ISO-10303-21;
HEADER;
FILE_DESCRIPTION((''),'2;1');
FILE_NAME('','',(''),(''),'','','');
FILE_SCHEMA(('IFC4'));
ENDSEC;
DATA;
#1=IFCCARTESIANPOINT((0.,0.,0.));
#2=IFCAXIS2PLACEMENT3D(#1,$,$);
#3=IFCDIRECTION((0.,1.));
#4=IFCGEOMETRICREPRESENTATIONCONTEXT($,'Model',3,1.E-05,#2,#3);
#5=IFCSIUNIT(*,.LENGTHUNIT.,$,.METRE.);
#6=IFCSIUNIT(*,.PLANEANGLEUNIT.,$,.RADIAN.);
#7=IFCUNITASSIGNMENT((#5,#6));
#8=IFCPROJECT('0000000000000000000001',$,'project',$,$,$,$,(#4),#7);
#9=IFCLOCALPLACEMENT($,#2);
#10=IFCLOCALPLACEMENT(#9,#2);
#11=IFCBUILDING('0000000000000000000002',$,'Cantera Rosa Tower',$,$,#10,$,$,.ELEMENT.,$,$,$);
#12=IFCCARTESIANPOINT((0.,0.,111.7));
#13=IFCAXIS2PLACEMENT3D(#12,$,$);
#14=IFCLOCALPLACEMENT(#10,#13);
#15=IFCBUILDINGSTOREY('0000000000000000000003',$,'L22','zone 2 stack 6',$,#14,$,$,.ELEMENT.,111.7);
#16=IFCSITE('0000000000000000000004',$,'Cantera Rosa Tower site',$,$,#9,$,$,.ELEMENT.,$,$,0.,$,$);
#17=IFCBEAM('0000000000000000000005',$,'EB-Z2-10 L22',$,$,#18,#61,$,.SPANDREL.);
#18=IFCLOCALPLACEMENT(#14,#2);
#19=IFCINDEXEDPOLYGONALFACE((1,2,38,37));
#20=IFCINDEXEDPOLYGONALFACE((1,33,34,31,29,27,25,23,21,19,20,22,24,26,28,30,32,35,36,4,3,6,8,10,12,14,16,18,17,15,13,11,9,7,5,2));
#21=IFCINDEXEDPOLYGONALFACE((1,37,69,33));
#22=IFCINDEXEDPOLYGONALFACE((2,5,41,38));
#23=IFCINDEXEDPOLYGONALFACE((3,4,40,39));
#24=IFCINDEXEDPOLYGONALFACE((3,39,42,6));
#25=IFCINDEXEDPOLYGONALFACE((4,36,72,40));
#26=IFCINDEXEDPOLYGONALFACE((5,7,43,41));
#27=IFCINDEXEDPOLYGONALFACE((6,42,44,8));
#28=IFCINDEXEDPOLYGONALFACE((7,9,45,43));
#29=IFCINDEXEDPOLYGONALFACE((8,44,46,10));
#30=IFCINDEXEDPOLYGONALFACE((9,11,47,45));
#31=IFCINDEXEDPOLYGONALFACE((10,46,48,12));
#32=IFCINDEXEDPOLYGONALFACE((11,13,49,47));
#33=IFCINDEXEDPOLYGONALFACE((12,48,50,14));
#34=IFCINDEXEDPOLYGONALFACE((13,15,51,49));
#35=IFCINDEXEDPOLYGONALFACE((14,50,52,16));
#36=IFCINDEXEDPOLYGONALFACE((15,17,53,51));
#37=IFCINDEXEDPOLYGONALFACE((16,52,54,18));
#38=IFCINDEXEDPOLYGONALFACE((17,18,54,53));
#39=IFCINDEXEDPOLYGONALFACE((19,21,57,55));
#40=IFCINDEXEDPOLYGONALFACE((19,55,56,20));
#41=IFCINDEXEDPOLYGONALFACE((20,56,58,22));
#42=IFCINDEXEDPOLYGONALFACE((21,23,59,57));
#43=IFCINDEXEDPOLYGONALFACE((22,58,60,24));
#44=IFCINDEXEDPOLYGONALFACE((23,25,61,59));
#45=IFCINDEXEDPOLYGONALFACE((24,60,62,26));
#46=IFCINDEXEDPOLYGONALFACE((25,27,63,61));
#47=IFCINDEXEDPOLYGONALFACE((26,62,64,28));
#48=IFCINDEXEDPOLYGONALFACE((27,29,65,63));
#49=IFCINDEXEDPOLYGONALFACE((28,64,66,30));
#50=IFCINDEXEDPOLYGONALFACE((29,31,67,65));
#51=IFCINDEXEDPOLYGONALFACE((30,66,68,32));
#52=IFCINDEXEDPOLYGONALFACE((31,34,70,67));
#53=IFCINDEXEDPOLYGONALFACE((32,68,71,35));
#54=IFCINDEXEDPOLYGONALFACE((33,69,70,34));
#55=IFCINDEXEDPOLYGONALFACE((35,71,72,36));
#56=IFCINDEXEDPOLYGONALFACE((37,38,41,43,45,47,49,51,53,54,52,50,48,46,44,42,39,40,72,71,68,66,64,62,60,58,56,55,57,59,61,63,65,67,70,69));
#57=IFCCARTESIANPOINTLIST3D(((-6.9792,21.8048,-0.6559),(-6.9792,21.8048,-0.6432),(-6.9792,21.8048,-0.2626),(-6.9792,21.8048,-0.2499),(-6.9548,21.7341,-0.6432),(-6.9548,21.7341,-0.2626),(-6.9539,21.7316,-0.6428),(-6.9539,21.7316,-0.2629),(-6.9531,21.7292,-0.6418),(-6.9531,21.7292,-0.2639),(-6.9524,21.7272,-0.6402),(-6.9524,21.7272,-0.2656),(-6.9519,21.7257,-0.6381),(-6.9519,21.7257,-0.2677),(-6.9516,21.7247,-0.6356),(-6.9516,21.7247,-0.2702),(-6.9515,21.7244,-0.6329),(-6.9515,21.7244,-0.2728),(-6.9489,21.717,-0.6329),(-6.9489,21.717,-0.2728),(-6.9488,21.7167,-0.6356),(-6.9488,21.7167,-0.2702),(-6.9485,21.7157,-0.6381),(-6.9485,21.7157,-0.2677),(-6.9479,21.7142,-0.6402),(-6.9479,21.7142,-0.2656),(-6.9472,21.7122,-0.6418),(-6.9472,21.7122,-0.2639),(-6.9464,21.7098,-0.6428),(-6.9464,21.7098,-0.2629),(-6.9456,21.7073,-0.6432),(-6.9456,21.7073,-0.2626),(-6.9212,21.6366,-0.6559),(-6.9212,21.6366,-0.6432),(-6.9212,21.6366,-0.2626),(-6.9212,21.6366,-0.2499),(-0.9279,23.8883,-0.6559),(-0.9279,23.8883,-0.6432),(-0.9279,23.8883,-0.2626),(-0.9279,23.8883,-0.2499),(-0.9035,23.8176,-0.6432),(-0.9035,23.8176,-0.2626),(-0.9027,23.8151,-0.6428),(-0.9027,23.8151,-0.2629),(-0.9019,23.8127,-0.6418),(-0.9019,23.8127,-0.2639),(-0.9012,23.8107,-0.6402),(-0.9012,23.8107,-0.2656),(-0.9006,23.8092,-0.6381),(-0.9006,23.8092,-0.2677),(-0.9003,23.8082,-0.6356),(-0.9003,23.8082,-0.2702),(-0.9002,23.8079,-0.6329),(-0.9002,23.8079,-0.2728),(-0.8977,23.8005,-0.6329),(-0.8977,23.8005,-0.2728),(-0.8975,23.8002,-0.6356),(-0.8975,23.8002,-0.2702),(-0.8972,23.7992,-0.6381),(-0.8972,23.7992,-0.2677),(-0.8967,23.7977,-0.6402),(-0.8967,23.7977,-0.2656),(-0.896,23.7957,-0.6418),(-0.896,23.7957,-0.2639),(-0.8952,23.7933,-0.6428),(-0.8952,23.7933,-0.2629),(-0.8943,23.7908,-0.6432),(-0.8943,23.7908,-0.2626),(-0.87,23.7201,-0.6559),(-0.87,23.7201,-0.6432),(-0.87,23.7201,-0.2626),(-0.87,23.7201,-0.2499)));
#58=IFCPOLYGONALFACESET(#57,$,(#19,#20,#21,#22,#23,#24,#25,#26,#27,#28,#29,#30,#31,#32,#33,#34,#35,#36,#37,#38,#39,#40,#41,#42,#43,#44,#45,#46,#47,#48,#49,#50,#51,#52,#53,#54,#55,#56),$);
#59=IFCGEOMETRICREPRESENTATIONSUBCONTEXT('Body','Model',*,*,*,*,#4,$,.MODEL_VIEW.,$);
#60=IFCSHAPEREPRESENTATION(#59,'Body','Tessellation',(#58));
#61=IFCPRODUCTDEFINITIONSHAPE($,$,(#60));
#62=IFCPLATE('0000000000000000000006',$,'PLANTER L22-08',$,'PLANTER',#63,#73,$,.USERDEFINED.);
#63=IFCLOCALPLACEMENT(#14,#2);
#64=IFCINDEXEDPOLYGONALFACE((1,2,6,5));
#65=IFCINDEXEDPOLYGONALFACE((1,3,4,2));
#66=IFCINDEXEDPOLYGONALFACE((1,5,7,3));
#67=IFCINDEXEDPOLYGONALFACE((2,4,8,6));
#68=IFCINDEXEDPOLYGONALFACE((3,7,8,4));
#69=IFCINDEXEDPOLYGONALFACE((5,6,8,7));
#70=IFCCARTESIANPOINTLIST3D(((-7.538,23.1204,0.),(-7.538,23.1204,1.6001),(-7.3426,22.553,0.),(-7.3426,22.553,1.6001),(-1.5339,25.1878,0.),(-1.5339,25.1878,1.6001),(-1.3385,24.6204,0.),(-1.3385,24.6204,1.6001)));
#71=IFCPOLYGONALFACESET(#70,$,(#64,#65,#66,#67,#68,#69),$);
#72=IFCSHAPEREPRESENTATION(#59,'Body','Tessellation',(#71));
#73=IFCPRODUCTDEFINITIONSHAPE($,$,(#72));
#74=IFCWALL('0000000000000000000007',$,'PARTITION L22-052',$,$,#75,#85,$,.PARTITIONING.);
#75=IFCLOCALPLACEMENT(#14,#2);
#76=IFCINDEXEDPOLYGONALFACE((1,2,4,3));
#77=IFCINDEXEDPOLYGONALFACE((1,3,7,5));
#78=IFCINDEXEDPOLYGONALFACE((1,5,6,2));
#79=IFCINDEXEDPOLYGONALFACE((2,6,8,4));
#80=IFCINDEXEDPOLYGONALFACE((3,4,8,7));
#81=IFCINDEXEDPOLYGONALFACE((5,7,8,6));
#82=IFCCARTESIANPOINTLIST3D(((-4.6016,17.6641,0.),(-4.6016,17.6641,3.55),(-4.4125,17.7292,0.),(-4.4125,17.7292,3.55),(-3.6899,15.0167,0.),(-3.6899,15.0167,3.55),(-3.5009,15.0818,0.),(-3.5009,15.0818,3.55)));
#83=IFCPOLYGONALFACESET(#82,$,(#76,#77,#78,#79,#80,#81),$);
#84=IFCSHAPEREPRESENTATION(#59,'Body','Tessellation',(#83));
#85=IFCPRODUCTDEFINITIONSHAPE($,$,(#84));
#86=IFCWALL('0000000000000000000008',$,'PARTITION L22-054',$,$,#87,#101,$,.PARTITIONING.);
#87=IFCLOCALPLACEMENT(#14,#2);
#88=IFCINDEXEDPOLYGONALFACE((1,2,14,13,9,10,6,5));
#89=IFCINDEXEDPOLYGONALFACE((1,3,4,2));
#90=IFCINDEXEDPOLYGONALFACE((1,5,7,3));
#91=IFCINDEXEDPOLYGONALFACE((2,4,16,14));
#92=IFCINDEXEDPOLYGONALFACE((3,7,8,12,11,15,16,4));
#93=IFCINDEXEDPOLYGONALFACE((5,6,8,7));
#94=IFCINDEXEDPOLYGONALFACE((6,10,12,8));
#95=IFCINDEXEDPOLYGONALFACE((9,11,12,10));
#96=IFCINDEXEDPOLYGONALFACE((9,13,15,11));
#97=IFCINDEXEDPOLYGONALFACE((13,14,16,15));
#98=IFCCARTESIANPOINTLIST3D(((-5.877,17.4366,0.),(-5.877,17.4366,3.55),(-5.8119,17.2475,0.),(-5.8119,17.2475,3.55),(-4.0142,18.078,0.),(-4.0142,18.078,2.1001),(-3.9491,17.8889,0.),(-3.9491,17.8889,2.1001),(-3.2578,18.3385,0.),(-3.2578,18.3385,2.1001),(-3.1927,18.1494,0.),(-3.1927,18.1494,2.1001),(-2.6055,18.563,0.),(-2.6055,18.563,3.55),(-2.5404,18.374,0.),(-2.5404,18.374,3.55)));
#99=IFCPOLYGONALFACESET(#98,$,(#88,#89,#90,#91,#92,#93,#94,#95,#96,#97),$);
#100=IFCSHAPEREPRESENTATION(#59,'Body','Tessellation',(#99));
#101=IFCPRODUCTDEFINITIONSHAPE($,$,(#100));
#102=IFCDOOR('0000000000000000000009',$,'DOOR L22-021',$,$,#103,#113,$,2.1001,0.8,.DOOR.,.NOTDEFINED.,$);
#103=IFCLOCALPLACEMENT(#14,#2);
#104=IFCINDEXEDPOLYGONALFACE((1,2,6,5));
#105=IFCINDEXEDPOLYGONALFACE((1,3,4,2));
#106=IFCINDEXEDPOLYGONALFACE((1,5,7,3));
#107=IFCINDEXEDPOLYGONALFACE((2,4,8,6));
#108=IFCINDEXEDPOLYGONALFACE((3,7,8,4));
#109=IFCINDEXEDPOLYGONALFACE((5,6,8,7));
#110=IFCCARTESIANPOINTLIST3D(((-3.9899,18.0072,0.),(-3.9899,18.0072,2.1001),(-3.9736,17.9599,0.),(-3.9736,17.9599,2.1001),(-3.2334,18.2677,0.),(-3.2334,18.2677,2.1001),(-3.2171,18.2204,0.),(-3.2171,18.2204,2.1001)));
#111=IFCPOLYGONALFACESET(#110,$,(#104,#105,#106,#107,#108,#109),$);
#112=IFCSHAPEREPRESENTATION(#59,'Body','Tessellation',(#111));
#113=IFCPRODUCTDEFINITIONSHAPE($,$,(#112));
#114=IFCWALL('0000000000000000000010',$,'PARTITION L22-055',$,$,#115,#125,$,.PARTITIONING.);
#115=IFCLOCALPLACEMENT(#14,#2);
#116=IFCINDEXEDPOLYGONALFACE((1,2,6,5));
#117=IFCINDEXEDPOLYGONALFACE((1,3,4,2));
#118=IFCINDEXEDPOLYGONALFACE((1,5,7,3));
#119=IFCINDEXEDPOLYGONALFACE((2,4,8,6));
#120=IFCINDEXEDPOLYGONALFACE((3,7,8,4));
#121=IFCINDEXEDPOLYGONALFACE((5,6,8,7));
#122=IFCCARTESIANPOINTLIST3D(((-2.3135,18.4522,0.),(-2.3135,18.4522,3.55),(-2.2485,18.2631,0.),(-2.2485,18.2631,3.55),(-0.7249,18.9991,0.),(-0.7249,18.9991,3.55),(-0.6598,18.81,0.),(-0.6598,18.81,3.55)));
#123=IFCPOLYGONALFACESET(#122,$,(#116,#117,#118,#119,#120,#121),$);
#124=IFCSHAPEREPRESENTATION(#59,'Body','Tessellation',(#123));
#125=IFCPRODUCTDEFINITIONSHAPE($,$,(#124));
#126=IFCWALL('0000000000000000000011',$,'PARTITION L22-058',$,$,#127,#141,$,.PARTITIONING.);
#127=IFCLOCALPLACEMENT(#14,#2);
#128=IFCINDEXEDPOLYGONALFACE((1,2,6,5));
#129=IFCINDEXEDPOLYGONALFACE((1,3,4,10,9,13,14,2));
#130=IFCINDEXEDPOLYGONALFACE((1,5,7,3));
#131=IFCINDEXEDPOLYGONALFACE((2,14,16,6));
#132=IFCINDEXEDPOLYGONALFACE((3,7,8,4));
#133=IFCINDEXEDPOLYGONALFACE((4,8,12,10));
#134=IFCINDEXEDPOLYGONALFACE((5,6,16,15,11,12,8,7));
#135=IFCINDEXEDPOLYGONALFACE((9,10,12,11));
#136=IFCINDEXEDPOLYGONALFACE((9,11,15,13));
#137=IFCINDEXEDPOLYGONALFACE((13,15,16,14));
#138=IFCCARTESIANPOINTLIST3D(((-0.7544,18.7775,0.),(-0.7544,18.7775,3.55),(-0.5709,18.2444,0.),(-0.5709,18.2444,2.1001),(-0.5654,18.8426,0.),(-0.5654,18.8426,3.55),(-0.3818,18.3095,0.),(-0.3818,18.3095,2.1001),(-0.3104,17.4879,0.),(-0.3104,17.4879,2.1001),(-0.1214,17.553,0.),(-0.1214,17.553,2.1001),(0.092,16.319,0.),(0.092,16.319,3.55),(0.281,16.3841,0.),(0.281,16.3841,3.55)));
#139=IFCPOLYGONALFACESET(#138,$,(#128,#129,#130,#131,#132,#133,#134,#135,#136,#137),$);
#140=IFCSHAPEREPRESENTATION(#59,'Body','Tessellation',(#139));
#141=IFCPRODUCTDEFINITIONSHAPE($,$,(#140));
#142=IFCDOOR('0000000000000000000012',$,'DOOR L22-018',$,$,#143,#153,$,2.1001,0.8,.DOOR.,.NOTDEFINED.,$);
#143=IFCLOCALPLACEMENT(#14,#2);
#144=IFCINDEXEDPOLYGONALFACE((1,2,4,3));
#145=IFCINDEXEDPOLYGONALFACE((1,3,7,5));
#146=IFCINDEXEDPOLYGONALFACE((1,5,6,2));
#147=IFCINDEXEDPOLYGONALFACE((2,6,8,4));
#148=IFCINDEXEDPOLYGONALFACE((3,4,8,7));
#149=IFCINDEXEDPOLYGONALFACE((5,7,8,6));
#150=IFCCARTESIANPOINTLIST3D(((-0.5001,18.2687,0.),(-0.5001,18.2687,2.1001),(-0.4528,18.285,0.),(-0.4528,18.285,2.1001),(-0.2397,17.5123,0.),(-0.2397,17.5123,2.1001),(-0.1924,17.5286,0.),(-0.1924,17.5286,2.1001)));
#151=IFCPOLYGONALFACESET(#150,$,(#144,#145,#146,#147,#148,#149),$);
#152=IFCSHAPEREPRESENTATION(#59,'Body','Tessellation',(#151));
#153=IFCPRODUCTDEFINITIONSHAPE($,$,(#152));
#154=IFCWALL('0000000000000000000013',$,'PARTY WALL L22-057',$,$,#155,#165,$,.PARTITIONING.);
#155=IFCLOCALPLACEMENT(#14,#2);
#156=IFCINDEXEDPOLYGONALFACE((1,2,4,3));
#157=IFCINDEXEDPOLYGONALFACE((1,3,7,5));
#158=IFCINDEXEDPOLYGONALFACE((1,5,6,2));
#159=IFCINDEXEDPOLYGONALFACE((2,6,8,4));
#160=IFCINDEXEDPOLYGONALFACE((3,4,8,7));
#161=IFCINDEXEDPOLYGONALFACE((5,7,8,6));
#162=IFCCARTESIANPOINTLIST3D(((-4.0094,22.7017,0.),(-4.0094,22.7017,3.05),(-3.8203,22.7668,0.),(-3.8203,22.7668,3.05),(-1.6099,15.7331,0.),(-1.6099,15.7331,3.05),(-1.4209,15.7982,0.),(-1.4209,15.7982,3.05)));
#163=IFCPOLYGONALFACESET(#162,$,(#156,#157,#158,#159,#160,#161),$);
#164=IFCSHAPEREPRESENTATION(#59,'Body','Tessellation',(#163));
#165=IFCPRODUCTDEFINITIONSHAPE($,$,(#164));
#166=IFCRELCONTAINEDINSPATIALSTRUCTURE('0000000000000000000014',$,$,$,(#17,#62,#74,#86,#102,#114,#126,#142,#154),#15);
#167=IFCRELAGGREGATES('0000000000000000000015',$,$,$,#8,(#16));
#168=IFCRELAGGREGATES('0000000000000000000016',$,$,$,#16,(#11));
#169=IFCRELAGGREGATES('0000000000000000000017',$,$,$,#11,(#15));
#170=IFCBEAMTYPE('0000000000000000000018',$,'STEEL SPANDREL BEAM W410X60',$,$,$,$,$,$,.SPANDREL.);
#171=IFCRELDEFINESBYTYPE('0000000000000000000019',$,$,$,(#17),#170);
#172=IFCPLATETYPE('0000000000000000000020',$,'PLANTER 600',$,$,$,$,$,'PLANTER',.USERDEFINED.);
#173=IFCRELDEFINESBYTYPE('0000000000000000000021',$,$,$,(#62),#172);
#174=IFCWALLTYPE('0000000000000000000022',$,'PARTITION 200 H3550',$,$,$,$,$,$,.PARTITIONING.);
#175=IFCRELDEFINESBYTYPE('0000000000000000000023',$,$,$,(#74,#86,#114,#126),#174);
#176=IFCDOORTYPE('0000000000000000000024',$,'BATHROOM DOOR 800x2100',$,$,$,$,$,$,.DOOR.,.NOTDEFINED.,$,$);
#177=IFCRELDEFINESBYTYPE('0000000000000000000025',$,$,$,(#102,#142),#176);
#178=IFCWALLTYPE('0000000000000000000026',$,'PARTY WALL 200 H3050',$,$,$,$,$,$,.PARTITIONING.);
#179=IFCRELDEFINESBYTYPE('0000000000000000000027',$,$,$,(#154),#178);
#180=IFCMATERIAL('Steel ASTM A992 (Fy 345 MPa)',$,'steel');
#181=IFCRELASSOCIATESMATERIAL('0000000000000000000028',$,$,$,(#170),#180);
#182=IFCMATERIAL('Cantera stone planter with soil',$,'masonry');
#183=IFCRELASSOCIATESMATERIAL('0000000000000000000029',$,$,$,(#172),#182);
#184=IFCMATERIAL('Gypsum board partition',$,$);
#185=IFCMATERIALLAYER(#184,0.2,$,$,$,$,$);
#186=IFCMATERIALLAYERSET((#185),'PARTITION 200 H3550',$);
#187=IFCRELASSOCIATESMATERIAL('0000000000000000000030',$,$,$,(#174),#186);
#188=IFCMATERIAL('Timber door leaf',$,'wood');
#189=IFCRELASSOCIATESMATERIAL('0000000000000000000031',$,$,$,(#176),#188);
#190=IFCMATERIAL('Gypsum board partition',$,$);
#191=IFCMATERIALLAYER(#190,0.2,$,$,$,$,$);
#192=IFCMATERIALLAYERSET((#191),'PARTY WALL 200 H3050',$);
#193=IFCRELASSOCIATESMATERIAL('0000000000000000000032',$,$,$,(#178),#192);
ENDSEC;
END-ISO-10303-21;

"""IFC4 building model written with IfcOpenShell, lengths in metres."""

from ifc_helpers import new_model, si_unit, direction, frame, frame_2d, origin, origin_2d, place, context, subcontext, project, spatial, rectangle, i_section, extrude, material, layer, layer_set, material_profile, profile_set, type_object, element, fill, save


model = new_model("IFC4")

# Units and contexts
model_context = context("Model", 3, precision=1e-05, world=origin(), true_north=direction((0.0, 1.0)))
body_context = subcontext(model_context, "Body", "Model", "MODEL_VIEW")
ifc_project = project(units=[si_unit("LENGTHUNIT", "METRE"), si_unit("PLANEANGLEUNIT", "RADIAN")], contexts=[model_context])

# Site, building, storey
site_placement = place(None, origin())
site = spatial("IfcSite", under=ifc_project, at=site_placement, Name="Cantera Rosa Tower site", CompositionType="ELEMENT", RefElevation=0.0)
building_placement = place(site_placement, origin())
building = spatial("IfcBuilding", under=site, at=building_placement, Name="Cantera Rosa Tower", CompositionType="ELEMENT")
storey_placement = place(building_placement, frame((0.0, 0.0, 111.7)))
storey = spatial("IfcBuildingStorey", under=building, at=storey_placement, Name="L22", Description="zone 2 stack 6", CompositionType="ELEMENT", Elevation=111.7)

# Beam
ifc_material_1 = material(Name="Steel ASTM A992 (Fy 345 MPa)", Category="steel")
ifc_material_profile_1 = material_profile(ifc_material_1, i_section(OverallWidth=0.178, OverallDepth=0.406, WebThickness=0.0078, FlangeThickness=0.0127, FilletRadius=0.0103, at=origin_2d()), Name="W410X60")
ifc_profile_set_1 = profile_set([ifc_material_profile_1], Name="Steel ASTM A992 (Fy 345 MPa)")
beam_type_1 = type_object("IfcBeamType", Name="STEEL SPANDREL BEAM W410X60", PredefinedType="SPANDREL", material=ifc_profile_set_1)
beam_1_placement = place(storey_placement, frame((-0.8989, 23.8042, -0.4529), z_axis=(-0.945524, -0.325551, 0.0), x_axis=(0.325551, -0.945524, 0.0)))
element("IfcBeam", 1, at=beam_1_placement, inside=storey, type_object=beam_type_1, Name="EB-Z2-10 L22", PredefinedType="SPANDREL", context=body_context, shape_type="SweptSolid", body=[
    extrude(i_section(OverallWidth=0.178, OverallDepth=0.406, WebThickness=0.0078, FlangeThickness=0.0127, FilletRadius=0.0103, at=origin_2d()), origin(), (0.0, 0.0, 1.0), 6.3999),
])

# Plate
ifc_material_2 = material(Name="Cantera stone planter with soil", Category="masonry")
plate_type = type_object("IfcPlateType", Name="PLANTER 600", ElementType="PLANTER", PredefinedType="USERDEFINED", material=ifc_material_2)
plate_placement = place(storey_placement, frame((-4.4382, 23.8704, 0.0), z_axis=(0.0, 0.0, 1.0), x_axis=(-0.945519, -0.325568, 0.0)))
element("IfcPlate", 2, at=plate_placement, inside=storey, type_object=plate_type, Name="PLANTER L22-08", ObjectType="PLANTER", PredefinedType="USERDEFINED", context=body_context, shape_type="SweptSolid", body=[
    extrude(rectangle(XDim=6.3501, YDim=0.6001, at=origin_2d()), origin(), (0.0, 0.0, 1.0), 1.6001),
])

# Wall
ifc_material_3 = material(Name="Gypsum board partition")
ifc_layer_1 = layer(ifc_material_3, 0.2)
ifc_layer_set_1 = layer_set([ifc_layer_1], Name="PARTITION 200 H3550")
wall_type_1 = type_object("IfcWallType", Name="PARTITION 200 H3550", PredefinedType="PARTITIONING", material=ifc_layer_set_1)
wall_1_placement = place(storey_placement, frame((-3.5955, 15.0493, 0.0), z_axis=(0.0, 0.0, 1.0), x_axis=(-0.325577, 0.945516, 0.0)))
element("IfcWall", 3, at=wall_1_placement, inside=storey, type_object=wall_type_1, Name="PARTITION L22-052", PredefinedType="PARTITIONING", context=body_context, shape_type="SweptSolid", body=[
    extrude(rectangle(XDim=2.8, YDim=0.2, at=frame_2d((1.3999, 0.0))), origin(), (0.0, 0.0, 1.0), 3.55),
])

# Wall, opening, door
wall_2_placement = place(storey_placement, frame((-2.573, 18.4685, 0.0), z_axis=(0.0, 0.0, 1.0), x_axis=(-0.945518, -0.325569, 0.0)))
wall_2 = element("IfcWall", 4, at=wall_2_placement, inside=storey, type_object=wall_type_1, Name="PARTITION L22-054", PredefinedType="PARTITIONING", context=body_context, shape_type="SweptSolid", body=[
    extrude(rectangle(XDim=3.46, YDim=0.2, at=frame_2d((1.73, 0.0))), origin(), (0.0, 0.0, 1.0), 3.55),
])
opening_1_placement = place(wall_2_placement, frame((0.6899, 0.0, 0.0)))
opening_1 = element("IfcOpeningElement", 5, at=opening_1_placement, cuts=wall_2, PredefinedType="OPENING", context=body_context, shape_type="SweptSolid", body=[
    extrude(rectangle(XDim=0.8, YDim=2.1001, at=frame_2d((0.3999, 1.05))), frame((0.0, 0.1099, 0.0), z_axis=(0.0, -1.0, 0.0), x_axis=(1.0, 0.0, 0.0)), (0.0, 0.0, 1.0), 0.22),
])
ifc_material_4 = material(Name="Timber door leaf", Category="wood")
door_type_1 = type_object("IfcDoorType", Name="BATHROOM DOOR 800x2100", OperationType="NOTDEFINED", PredefinedType="DOOR", material=ifc_material_4)
door_1_placement = place(opening_1_placement, origin())
door_1 = element("IfcDoor", 6, at=door_1_placement, inside=storey, type_object=door_type_1, Name="DOOR L22-021", OperationType="NOTDEFINED", OverallHeight=2.1001, OverallWidth=0.8, PredefinedType="DOOR", context=body_context, shape_type="SweptSolid", body=[
    extrude(rectangle(XDim=0.8, YDim=2.1001, at=frame_2d((0.3999, 1.05))), frame((0.0, 0.0249, 0.0), z_axis=(0.0, -1.0, 0.0), x_axis=(1.0, 0.0, 0.0)), (0.0, 0.0, 1.0), 0.05),
])
fill(opening_1, door_1)

# Wall
wall_3_placement = place(storey_placement, frame((-2.281, 18.3577, 0.0), z_axis=(0.0, 0.0, 1.0), x_axis=(0.945543, 0.325498, 0.0)))
element("IfcWall", 7, at=wall_3_placement, inside=storey, type_object=wall_type_1, Name="PARTITION L22-055", PredefinedType="PARTITIONING", context=body_context, shape_type="SweptSolid", body=[
    extrude(rectangle(XDim=1.6802, YDim=0.2, at=frame_2d((0.8401, 0.0))), origin(), (0.0, 0.0, 1.0), 3.55),
])

# Wall, opening, door
wall_4_placement = place(storey_placement, frame((-0.6599, 18.8101, 0.0), z_axis=(0.0, 0.0, 1.0), x_axis=(0.325536, -0.94553, 0.0)))
wall_4 = element("IfcWall", 8, at=wall_4_placement, inside=storey, type_object=wall_type_1, Name="PARTITION L22-058", PredefinedType="PARTITIONING", context=body_context, shape_type="SweptSolid", body=[
    extrude(rectangle(XDim=2.6001, YDim=0.2, at=frame_2d((1.3, 0.0))), origin(), (0.0, 0.0, 1.0), 3.55),
])
opening_2_placement = place(wall_4_placement, frame((0.564, 0.0, 0.0)))
opening_2 = element("IfcOpeningElement", 9, at=opening_2_placement, cuts=wall_4, PredefinedType="OPENING", context=body_context, shape_type="SweptSolid", body=[
    extrude(rectangle(XDim=0.8, YDim=2.1001, at=frame_2d((0.3999, 1.05))), frame((0.0, 0.1099, 0.0), z_axis=(0.0, -1.0, 0.0), x_axis=(1.0, 0.0, 0.0)), (0.0, 0.0, 1.0), 0.22),
])
door_2_placement = place(opening_2_placement, origin())
door_2 = element("IfcDoor", 10, at=door_2_placement, inside=storey, type_object=door_type_1, Name="DOOR L22-018", OperationType="NOTDEFINED", OverallHeight=2.1001, OverallWidth=0.8, PredefinedType="DOOR", context=body_context, shape_type="SweptSolid", body=[
    extrude(rectangle(XDim=0.8, YDim=2.1001, at=frame_2d((0.3999, 1.05))), frame((0.0, 0.0249, 0.0), z_axis=(0.0, -1.0, 0.0), x_axis=(1.0, 0.0, 0.0)), (0.0, 0.0, 1.0), 0.05),
])
fill(opening_2, door_2)

# Wall
ifc_material_5 = material(Name="Gypsum board partition")
ifc_layer_2 = layer(ifc_material_5, 0.2)
ifc_layer_set_2 = layer_set([ifc_layer_2], Name="PARTY WALL 200 H3050")
wall_type_2 = type_object("IfcWallType", Name="PARTY WALL 200 H3050", PredefinedType="PARTITIONING", material=ifc_layer_set_2)
wall_5_placement = place(storey_placement, frame((-1.5154, 15.7656, 0.0), z_axis=(0.0, 0.0, 1.0), x_axis=(-0.325564, 0.94552, 0.0)))
element("IfcWall", 11, at=wall_5_placement, inside=storey, type_object=wall_type_2, Name="PARTY WALL L22-057", PredefinedType="PARTITIONING", context=body_context, shape_type="SweptSolid", body=[
    extrude(rectangle(XDim=7.3701, YDim=0.2, at=frame_2d((3.6851, 0.0))), origin(), (0.0, 0.0, 1.0), 3.05),
])

save(model, "model.ifc")
